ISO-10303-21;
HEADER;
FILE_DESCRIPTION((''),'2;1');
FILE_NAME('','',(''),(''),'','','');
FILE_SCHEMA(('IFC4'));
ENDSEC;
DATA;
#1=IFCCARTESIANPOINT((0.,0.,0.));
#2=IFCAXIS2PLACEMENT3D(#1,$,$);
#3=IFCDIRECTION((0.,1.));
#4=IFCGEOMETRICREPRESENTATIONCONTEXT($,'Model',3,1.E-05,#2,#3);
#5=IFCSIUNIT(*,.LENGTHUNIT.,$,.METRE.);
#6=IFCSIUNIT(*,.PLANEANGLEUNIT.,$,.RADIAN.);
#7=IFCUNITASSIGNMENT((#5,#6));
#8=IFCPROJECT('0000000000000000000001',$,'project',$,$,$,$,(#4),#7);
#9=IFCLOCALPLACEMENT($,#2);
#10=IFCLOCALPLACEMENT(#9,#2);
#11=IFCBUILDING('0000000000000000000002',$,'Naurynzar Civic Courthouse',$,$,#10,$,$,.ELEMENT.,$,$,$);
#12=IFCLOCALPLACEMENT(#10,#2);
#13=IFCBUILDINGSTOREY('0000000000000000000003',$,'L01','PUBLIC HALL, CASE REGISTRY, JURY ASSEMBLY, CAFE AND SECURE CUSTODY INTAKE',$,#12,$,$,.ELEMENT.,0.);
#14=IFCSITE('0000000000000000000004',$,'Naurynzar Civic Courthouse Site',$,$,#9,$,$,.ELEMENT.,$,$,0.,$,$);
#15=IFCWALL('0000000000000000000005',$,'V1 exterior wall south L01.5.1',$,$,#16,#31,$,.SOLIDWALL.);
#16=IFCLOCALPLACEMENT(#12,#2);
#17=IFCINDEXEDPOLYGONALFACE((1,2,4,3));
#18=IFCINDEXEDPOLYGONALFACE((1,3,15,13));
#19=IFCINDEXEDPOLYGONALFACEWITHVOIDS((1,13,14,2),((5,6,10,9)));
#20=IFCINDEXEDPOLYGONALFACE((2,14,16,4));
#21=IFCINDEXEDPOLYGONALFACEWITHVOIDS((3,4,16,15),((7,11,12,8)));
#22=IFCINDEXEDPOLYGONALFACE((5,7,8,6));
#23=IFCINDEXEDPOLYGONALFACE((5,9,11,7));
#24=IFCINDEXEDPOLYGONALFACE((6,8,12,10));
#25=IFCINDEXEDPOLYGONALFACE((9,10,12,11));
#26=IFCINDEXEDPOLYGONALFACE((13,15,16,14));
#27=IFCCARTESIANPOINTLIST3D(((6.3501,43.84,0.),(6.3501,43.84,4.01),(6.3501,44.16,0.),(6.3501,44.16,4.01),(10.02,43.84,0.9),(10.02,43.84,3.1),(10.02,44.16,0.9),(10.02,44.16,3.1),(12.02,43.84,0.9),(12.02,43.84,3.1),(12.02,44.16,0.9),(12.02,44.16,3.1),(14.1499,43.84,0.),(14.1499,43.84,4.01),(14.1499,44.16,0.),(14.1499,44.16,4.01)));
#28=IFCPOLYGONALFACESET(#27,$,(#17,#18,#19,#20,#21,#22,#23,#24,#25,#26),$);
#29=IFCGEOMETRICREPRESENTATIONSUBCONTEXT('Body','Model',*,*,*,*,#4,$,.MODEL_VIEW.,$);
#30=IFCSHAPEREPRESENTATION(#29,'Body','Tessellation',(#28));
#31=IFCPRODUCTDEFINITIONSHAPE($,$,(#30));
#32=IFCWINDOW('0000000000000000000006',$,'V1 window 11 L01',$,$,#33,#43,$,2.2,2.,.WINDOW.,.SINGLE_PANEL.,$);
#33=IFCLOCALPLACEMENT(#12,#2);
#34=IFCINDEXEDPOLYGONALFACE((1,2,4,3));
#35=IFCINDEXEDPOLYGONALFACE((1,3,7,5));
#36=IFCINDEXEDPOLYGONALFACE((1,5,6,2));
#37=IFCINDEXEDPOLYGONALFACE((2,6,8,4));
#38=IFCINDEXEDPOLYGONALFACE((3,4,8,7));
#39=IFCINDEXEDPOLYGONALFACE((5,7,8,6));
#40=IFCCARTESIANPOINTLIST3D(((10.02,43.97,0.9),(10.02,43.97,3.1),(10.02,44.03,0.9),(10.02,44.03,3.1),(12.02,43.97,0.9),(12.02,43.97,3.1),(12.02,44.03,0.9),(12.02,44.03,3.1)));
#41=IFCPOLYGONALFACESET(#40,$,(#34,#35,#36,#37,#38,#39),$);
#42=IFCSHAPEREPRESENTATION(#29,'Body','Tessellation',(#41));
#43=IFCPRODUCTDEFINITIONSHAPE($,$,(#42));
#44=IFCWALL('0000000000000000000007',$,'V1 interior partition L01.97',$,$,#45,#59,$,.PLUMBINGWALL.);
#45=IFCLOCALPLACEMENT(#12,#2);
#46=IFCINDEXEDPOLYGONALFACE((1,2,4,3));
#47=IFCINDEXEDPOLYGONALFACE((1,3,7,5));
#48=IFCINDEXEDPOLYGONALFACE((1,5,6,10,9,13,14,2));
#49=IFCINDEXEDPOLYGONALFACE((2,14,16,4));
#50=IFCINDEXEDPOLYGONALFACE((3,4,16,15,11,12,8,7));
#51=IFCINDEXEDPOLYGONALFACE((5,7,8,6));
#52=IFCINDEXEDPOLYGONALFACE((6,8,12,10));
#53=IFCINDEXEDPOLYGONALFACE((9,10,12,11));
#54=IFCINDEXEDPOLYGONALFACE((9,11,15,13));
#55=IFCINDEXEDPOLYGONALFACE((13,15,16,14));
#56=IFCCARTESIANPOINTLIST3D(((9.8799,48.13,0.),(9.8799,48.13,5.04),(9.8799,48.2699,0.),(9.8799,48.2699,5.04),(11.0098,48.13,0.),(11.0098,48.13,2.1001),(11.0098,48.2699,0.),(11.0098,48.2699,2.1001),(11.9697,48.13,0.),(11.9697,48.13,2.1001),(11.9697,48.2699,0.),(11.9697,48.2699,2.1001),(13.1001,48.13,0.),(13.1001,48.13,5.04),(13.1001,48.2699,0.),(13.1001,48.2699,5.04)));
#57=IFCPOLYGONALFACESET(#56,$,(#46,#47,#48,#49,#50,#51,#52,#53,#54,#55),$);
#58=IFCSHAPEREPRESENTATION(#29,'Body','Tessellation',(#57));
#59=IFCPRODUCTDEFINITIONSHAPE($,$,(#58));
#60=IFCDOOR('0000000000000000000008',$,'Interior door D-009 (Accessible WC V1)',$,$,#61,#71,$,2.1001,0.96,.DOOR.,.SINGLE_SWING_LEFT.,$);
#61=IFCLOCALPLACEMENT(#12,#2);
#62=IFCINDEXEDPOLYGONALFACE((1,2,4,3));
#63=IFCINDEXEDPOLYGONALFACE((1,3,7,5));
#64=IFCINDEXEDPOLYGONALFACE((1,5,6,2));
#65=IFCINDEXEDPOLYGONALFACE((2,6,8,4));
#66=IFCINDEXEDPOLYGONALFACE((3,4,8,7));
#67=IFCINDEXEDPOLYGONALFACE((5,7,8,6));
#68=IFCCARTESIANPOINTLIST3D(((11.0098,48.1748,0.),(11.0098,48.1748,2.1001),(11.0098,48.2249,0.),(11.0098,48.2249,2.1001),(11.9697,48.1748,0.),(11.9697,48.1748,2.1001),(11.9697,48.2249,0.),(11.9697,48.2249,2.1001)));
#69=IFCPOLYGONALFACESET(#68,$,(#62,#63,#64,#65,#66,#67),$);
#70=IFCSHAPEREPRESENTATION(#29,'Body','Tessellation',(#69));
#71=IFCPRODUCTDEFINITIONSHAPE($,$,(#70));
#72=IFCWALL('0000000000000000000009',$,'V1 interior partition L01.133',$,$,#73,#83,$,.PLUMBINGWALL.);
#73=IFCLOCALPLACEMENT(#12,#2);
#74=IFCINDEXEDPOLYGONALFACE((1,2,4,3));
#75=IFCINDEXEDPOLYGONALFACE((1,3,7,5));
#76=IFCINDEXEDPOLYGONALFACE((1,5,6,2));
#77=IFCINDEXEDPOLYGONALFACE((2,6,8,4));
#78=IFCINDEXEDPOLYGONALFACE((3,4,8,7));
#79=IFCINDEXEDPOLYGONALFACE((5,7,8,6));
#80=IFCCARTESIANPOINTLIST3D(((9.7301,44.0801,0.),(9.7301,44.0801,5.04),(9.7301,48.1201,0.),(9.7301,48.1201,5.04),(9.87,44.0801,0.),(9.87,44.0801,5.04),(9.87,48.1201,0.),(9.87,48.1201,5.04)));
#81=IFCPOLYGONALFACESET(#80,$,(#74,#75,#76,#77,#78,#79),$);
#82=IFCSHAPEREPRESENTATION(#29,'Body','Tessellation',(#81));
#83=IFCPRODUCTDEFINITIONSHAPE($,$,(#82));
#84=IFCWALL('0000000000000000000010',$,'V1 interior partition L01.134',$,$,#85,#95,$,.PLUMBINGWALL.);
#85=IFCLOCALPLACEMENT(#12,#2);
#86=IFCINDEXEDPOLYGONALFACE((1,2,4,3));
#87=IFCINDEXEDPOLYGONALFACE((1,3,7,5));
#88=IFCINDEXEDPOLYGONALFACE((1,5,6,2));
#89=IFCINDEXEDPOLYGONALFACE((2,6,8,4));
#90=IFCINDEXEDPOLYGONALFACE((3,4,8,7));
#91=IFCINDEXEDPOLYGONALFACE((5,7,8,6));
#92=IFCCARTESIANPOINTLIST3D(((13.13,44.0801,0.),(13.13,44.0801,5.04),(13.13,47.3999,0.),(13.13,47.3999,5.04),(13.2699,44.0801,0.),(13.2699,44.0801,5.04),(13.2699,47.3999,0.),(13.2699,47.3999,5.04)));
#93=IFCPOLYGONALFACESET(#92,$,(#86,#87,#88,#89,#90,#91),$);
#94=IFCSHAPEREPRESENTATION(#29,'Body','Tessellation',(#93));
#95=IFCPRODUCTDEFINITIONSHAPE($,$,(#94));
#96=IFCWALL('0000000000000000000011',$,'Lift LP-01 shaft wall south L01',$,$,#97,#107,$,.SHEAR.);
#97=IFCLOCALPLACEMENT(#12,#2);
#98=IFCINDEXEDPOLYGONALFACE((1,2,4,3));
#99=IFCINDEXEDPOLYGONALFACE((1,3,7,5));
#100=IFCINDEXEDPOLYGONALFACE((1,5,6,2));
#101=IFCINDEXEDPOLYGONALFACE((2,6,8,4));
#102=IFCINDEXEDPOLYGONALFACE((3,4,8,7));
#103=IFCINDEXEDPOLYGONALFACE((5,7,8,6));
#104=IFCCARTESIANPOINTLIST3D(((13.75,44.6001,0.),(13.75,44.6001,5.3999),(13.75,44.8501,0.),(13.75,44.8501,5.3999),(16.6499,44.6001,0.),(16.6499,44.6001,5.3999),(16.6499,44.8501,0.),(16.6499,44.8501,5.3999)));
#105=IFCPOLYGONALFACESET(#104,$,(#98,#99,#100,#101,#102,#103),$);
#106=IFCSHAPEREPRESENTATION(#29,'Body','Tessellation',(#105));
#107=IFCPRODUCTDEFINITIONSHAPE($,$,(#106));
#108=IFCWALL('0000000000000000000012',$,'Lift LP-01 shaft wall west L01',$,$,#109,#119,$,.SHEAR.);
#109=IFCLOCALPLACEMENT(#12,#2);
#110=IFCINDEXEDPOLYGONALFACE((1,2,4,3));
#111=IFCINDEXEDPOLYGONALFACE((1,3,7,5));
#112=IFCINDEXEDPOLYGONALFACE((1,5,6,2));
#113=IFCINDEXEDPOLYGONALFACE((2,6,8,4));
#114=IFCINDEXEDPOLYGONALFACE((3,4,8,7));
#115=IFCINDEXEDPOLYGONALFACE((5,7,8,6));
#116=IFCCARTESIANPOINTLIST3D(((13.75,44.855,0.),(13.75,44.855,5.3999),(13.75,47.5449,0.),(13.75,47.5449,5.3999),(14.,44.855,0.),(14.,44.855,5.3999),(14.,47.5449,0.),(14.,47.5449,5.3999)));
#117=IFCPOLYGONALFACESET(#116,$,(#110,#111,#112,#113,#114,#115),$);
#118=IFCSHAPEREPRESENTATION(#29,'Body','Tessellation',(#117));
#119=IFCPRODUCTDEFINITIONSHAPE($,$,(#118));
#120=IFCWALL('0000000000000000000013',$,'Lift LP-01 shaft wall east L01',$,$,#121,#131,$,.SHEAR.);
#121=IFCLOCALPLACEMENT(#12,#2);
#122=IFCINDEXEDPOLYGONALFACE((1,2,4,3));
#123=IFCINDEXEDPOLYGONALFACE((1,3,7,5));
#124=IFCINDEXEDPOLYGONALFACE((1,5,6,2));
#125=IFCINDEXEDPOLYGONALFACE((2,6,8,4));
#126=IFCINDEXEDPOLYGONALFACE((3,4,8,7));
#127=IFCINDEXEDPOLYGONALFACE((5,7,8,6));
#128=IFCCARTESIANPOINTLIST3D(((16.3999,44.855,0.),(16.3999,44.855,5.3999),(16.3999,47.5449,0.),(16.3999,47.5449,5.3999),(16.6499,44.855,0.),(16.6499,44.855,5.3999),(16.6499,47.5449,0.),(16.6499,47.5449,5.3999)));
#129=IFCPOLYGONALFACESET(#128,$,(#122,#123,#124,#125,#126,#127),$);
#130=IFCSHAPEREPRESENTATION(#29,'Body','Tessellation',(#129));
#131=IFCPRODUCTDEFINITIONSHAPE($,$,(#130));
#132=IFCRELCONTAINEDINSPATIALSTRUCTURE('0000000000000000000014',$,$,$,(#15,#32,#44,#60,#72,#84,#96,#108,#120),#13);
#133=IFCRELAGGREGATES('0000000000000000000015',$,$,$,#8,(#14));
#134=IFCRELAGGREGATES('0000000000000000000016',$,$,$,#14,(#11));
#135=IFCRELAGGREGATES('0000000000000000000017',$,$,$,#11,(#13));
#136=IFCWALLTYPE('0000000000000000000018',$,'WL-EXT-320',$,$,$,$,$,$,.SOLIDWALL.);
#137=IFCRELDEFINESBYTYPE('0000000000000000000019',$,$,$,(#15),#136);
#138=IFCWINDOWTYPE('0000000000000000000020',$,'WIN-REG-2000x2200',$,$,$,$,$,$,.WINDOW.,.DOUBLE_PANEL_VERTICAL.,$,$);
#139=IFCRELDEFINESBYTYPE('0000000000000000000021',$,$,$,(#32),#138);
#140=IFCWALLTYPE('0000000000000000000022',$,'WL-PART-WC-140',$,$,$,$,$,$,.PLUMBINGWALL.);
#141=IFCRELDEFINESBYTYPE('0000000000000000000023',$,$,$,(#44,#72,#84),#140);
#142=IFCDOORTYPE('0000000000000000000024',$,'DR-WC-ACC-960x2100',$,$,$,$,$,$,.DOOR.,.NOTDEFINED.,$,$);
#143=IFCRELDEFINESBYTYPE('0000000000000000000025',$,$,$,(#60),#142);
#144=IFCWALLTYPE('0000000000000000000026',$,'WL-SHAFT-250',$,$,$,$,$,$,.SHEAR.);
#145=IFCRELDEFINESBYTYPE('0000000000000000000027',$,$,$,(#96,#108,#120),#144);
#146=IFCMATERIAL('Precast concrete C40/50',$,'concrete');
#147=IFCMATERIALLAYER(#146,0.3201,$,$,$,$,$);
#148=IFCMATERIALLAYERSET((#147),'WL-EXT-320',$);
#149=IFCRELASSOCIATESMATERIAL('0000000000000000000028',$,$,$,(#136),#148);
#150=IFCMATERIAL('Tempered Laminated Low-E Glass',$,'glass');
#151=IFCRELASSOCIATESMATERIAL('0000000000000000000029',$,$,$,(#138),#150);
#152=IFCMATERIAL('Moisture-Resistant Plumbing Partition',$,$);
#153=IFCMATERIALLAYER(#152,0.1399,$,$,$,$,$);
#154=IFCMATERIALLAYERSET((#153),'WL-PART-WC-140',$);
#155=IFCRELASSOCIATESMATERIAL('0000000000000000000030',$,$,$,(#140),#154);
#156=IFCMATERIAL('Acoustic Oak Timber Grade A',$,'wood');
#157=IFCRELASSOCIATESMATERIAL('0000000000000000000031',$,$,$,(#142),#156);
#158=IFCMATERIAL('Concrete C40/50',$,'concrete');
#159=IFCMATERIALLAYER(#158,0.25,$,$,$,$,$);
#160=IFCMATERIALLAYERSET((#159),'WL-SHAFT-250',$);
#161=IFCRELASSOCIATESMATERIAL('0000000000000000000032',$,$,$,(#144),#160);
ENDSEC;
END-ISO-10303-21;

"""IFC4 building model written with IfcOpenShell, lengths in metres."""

from ifc_helpers import new_model, si_unit, direction, frame, frame_2d, origin, place, context, subcontext, project, spatial, rectangle, extrude, material, layer, layer_set, type_object, element, fill, save


model = new_model("IFC4")

# Units and contexts
model_context = context("Model", 3, precision=1e-05, world=origin(), true_north=direction((0.0, 1.0)))
body_context = subcontext(model_context, "Body", "Model", "MODEL_VIEW")
ifc_project = project(units=[si_unit("LENGTHUNIT", "METRE"), si_unit("PLANEANGLEUNIT", "RADIAN")], contexts=[model_context])

# Site, building, storey
site_placement = place(None, origin())
site = spatial("IfcSite", under=ifc_project, at=site_placement, Name="Naurynzar Civic Courthouse Site", CompositionType="ELEMENT", RefElevation=0.0)
building_placement = place(site_placement, origin())
building = spatial("IfcBuilding", under=site, at=building_placement, Name="Naurynzar Civic Courthouse", CompositionType="ELEMENT")
storey_placement = place(building_placement, origin())
storey = spatial("IfcBuildingStorey", under=building, at=storey_placement, Name="L01", Description="PUBLIC HALL, CASE REGISTRY, JURY ASSEMBLY, CAFE AND SECURE CUSTODY INTAKE", CompositionType="ELEMENT", Elevation=0.0)

# Wall, opening, window
ifc_material_1 = material(Name="Precast concrete C40/50", Category="concrete")
ifc_layer_1 = layer(ifc_material_1, 0.3201)
ifc_layer_set_1 = layer_set([ifc_layer_1], Name="WL-EXT-320")
wall_type_1 = type_object("IfcWallType", Name="WL-EXT-320", PredefinedType="SOLIDWALL", material=ifc_layer_set_1)
ifc_material_2 = material(Name="Tempered Laminated Low-E Glass", Category="glass")
window_type = type_object("IfcWindowType", Name="WIN-REG-2000x2200", PartitioningType="DOUBLE_PANEL_VERTICAL", PredefinedType="WINDOW", material=ifc_material_2)
wall_1_placement = place(storey_placement, frame((14.1499, 44.0, 0.0), z_axis=(0.0, 0.0, 1.0), x_axis=(-1.0, 0.0, 0.0)))
wall_1 = element("IfcWall", 1, at=wall_1_placement, inside=storey, type_object=wall_type_1, Name="V1 exterior wall south L01.5.1", PredefinedType="SOLIDWALL", context=body_context, shape_type="SweptSolid", body=[
    extrude(rectangle(XDim=7.7998, YDim=0.3201, at=frame_2d((3.8999, 0.0))), origin(), (0.0, 0.0, 1.0), 4.01),
])
opening_1_placement = place(wall_1_placement, frame((2.1299, 0.0, 0.8999)))
opening_1 = element("IfcOpeningElement", 2, at=opening_1_placement, cuts=wall_1, PredefinedType="OPENING", context=body_context, shape_type="SweptSolid", body=[
    extrude(rectangle(XDim=2.0, YDim=2.2, at=frame_2d((1.0, 1.1001))), frame((0.0, 0.1699, 0.0), z_axis=(0.0, -1.0, 0.0), x_axis=(1.0, 0.0, 0.0)), (0.0, 0.0, 1.0), 0.3401),
])
window_1_placement = place(opening_1_placement, origin())
window_1 = element("IfcWindow", 3, at=window_1_placement, inside=storey, type_object=window_type, Name="V1 window 11 L01", OverallHeight=2.2, OverallWidth=2.0, PartitioningType="SINGLE_PANEL", PredefinedType="WINDOW", context=body_context, shape_type="SweptSolid", body=[
    extrude(rectangle(XDim=2.0, YDim=2.2, at=frame_2d((1.0, 1.1001))), frame((0.0, 0.03, 0.0), z_axis=(0.0, -1.0, 0.0), x_axis=(1.0, 0.0, 0.0)), (0.0, 0.0, 1.0), 0.0601),
])
fill(opening_1, window_1)

# Wall, opening, door
ifc_material_3 = material(Name="Moisture-Resistant Plumbing Partition")
ifc_layer_2 = layer(ifc_material_3, 0.1399)
ifc_layer_set_2 = layer_set([ifc_layer_2], Name="WL-PART-WC-140")
wall_type_2 = type_object("IfcWallType", Name="WL-PART-WC-140", PredefinedType="PLUMBINGWALL", material=ifc_layer_set_2)
wall_2_placement = place(storey_placement, frame((9.8799, 48.2, 0.0), z_axis=(0.0, 0.0, 1.0), x_axis=(1.0, 0.0, 0.0)))
wall_2 = element("IfcWall", 4, at=wall_2_placement, inside=storey, type_object=wall_type_2, Name="V1 interior partition L01.97", PredefinedType="PLUMBINGWALL", context=body_context, shape_type="SweptSolid", body=[
    extrude(rectangle(XDim=3.2202, YDim=0.1399, at=frame_2d((1.6101, 0.0))), origin(), (0.0, 0.0, 1.0), 5.04),
])
opening_2_placement = place(wall_2_placement, frame((1.1299, 0.0, 0.0)))
opening_2 = element("IfcOpeningElement", 5, at=opening_2_placement, cuts=wall_2, PredefinedType="OPENING", context=body_context, shape_type="SweptSolid", body=[
    extrude(rectangle(XDim=0.96, YDim=2.1001, at=frame_2d((0.48, 1.05))), frame((0.0, 0.0798, 0.0), z_axis=(0.0, -1.0, 0.0), x_axis=(1.0, 0.0, 0.0)), (0.0, 0.0, 1.0), 0.1599),
])
ifc_material_4 = material(Name="Acoustic Oak Timber Grade A", Category="wood")
door_type_1 = type_object("IfcDoorType", Name="DR-WC-ACC-960x2100", OperationType="NOTDEFINED", PredefinedType="DOOR", material=ifc_material_4)
door_1_placement = place(opening_2_placement, origin())
door_1 = element("IfcDoor", 6, at=door_1_placement, inside=storey, type_object=door_type_1, Name="Interior door D-009 (Accessible WC V1)", OperationType="SINGLE_SWING_LEFT", OverallHeight=2.1001, OverallWidth=0.96, PredefinedType="DOOR", context=body_context, shape_type="SweptSolid", body=[
    extrude(rectangle(XDim=0.96, YDim=2.1001, at=frame_2d((0.48, 1.05))), frame((0.0, 0.0249, 0.0), z_axis=(0.0, -1.0, 0.0), x_axis=(1.0, 0.0, 0.0)), (0.0, 0.0, 1.0), 0.05),
])
fill(opening_2, door_1)

# Walls
wall_3_placement = place(storey_placement, frame((9.8, 44.0801, 0.0), z_axis=(0.0, 0.0, 1.0), x_axis=(0.0, 1.0, 0.0)))
element("IfcWall", 7, at=wall_3_placement, inside=storey, type_object=wall_type_2, Name="V1 interior partition L01.133", PredefinedType="PLUMBINGWALL", context=body_context, shape_type="SweptSolid", body=[
    extrude(rectangle(XDim=4.04, YDim=0.1399, at=frame_2d((2.02, 0.0))), origin(), (0.0, 0.0, 1.0), 5.04),
])
wall_4_placement = place(storey_placement, frame((13.2, 44.0801, 0.0), z_axis=(0.0, 0.0, 1.0), x_axis=(0.0, 1.0, 0.0)))
element("IfcWall", 8, at=wall_4_placement, inside=storey, type_object=wall_type_2, Name="V1 interior partition L01.134", PredefinedType="PLUMBINGWALL", context=body_context, shape_type="SweptSolid", body=[
    extrude(rectangle(XDim=3.3198, YDim=0.1399, at=frame_2d((1.6599, 0.0))), origin(), (0.0, 0.0, 1.0), 5.04),
])
ifc_material_5 = material(Name="Concrete C40/50", Category="concrete")
ifc_layer_3 = layer(ifc_material_5, 0.25)
ifc_layer_set_3 = layer_set([ifc_layer_3], Name="WL-SHAFT-250")
wall_type_3 = type_object("IfcWallType", Name="WL-SHAFT-250", PredefinedType="SHEAR", material=ifc_layer_set_3)
wall_5_placement = place(storey_placement, frame((13.75, 44.7251, 0.0), z_axis=(0.0, 0.0, 1.0), x_axis=(1.0, 0.0, 0.0)))
element("IfcWall", 9, at=wall_5_placement, inside=storey, type_object=wall_type_3, Name="Lift LP-01 shaft wall south L01", PredefinedType="SHEAR", context=body_context, shape_type="SweptSolid", body=[
    extrude(rectangle(XDim=2.8999, YDim=0.25, at=frame_2d((1.45, 0.0))), origin(), (0.0, 0.0, 1.0), 5.3999),
])

# Walls
for number, where, z_axis, x_axis, name in (
    (10, (13.875, 47.5449, 0.0), (0.0, 0.0, 1.0), (0.0, -1.0, 0.0), "Lift LP-01 shaft wall west L01"),
    (11, (16.5249, 44.855, 0.0), (0.0, 0.0, 1.0), (0.0, 1.0, 0.0), "Lift LP-01 shaft wall east L01"),
):
    element("IfcWall", number, at=place(storey_placement, frame(where, z_axis=z_axis, x_axis=x_axis)), inside=storey, type_object=wall_type_3, Name=name, PredefinedType="SHEAR", context=body_context, shape_type="SweptSolid", body=[
        extrude(rectangle(XDim=2.6899, YDim=0.25, at=frame_2d((1.345, 0.0))), origin(), (0.0, 0.0, 1.0), 5.3999),
    ])

save(model, "model.ifc")
